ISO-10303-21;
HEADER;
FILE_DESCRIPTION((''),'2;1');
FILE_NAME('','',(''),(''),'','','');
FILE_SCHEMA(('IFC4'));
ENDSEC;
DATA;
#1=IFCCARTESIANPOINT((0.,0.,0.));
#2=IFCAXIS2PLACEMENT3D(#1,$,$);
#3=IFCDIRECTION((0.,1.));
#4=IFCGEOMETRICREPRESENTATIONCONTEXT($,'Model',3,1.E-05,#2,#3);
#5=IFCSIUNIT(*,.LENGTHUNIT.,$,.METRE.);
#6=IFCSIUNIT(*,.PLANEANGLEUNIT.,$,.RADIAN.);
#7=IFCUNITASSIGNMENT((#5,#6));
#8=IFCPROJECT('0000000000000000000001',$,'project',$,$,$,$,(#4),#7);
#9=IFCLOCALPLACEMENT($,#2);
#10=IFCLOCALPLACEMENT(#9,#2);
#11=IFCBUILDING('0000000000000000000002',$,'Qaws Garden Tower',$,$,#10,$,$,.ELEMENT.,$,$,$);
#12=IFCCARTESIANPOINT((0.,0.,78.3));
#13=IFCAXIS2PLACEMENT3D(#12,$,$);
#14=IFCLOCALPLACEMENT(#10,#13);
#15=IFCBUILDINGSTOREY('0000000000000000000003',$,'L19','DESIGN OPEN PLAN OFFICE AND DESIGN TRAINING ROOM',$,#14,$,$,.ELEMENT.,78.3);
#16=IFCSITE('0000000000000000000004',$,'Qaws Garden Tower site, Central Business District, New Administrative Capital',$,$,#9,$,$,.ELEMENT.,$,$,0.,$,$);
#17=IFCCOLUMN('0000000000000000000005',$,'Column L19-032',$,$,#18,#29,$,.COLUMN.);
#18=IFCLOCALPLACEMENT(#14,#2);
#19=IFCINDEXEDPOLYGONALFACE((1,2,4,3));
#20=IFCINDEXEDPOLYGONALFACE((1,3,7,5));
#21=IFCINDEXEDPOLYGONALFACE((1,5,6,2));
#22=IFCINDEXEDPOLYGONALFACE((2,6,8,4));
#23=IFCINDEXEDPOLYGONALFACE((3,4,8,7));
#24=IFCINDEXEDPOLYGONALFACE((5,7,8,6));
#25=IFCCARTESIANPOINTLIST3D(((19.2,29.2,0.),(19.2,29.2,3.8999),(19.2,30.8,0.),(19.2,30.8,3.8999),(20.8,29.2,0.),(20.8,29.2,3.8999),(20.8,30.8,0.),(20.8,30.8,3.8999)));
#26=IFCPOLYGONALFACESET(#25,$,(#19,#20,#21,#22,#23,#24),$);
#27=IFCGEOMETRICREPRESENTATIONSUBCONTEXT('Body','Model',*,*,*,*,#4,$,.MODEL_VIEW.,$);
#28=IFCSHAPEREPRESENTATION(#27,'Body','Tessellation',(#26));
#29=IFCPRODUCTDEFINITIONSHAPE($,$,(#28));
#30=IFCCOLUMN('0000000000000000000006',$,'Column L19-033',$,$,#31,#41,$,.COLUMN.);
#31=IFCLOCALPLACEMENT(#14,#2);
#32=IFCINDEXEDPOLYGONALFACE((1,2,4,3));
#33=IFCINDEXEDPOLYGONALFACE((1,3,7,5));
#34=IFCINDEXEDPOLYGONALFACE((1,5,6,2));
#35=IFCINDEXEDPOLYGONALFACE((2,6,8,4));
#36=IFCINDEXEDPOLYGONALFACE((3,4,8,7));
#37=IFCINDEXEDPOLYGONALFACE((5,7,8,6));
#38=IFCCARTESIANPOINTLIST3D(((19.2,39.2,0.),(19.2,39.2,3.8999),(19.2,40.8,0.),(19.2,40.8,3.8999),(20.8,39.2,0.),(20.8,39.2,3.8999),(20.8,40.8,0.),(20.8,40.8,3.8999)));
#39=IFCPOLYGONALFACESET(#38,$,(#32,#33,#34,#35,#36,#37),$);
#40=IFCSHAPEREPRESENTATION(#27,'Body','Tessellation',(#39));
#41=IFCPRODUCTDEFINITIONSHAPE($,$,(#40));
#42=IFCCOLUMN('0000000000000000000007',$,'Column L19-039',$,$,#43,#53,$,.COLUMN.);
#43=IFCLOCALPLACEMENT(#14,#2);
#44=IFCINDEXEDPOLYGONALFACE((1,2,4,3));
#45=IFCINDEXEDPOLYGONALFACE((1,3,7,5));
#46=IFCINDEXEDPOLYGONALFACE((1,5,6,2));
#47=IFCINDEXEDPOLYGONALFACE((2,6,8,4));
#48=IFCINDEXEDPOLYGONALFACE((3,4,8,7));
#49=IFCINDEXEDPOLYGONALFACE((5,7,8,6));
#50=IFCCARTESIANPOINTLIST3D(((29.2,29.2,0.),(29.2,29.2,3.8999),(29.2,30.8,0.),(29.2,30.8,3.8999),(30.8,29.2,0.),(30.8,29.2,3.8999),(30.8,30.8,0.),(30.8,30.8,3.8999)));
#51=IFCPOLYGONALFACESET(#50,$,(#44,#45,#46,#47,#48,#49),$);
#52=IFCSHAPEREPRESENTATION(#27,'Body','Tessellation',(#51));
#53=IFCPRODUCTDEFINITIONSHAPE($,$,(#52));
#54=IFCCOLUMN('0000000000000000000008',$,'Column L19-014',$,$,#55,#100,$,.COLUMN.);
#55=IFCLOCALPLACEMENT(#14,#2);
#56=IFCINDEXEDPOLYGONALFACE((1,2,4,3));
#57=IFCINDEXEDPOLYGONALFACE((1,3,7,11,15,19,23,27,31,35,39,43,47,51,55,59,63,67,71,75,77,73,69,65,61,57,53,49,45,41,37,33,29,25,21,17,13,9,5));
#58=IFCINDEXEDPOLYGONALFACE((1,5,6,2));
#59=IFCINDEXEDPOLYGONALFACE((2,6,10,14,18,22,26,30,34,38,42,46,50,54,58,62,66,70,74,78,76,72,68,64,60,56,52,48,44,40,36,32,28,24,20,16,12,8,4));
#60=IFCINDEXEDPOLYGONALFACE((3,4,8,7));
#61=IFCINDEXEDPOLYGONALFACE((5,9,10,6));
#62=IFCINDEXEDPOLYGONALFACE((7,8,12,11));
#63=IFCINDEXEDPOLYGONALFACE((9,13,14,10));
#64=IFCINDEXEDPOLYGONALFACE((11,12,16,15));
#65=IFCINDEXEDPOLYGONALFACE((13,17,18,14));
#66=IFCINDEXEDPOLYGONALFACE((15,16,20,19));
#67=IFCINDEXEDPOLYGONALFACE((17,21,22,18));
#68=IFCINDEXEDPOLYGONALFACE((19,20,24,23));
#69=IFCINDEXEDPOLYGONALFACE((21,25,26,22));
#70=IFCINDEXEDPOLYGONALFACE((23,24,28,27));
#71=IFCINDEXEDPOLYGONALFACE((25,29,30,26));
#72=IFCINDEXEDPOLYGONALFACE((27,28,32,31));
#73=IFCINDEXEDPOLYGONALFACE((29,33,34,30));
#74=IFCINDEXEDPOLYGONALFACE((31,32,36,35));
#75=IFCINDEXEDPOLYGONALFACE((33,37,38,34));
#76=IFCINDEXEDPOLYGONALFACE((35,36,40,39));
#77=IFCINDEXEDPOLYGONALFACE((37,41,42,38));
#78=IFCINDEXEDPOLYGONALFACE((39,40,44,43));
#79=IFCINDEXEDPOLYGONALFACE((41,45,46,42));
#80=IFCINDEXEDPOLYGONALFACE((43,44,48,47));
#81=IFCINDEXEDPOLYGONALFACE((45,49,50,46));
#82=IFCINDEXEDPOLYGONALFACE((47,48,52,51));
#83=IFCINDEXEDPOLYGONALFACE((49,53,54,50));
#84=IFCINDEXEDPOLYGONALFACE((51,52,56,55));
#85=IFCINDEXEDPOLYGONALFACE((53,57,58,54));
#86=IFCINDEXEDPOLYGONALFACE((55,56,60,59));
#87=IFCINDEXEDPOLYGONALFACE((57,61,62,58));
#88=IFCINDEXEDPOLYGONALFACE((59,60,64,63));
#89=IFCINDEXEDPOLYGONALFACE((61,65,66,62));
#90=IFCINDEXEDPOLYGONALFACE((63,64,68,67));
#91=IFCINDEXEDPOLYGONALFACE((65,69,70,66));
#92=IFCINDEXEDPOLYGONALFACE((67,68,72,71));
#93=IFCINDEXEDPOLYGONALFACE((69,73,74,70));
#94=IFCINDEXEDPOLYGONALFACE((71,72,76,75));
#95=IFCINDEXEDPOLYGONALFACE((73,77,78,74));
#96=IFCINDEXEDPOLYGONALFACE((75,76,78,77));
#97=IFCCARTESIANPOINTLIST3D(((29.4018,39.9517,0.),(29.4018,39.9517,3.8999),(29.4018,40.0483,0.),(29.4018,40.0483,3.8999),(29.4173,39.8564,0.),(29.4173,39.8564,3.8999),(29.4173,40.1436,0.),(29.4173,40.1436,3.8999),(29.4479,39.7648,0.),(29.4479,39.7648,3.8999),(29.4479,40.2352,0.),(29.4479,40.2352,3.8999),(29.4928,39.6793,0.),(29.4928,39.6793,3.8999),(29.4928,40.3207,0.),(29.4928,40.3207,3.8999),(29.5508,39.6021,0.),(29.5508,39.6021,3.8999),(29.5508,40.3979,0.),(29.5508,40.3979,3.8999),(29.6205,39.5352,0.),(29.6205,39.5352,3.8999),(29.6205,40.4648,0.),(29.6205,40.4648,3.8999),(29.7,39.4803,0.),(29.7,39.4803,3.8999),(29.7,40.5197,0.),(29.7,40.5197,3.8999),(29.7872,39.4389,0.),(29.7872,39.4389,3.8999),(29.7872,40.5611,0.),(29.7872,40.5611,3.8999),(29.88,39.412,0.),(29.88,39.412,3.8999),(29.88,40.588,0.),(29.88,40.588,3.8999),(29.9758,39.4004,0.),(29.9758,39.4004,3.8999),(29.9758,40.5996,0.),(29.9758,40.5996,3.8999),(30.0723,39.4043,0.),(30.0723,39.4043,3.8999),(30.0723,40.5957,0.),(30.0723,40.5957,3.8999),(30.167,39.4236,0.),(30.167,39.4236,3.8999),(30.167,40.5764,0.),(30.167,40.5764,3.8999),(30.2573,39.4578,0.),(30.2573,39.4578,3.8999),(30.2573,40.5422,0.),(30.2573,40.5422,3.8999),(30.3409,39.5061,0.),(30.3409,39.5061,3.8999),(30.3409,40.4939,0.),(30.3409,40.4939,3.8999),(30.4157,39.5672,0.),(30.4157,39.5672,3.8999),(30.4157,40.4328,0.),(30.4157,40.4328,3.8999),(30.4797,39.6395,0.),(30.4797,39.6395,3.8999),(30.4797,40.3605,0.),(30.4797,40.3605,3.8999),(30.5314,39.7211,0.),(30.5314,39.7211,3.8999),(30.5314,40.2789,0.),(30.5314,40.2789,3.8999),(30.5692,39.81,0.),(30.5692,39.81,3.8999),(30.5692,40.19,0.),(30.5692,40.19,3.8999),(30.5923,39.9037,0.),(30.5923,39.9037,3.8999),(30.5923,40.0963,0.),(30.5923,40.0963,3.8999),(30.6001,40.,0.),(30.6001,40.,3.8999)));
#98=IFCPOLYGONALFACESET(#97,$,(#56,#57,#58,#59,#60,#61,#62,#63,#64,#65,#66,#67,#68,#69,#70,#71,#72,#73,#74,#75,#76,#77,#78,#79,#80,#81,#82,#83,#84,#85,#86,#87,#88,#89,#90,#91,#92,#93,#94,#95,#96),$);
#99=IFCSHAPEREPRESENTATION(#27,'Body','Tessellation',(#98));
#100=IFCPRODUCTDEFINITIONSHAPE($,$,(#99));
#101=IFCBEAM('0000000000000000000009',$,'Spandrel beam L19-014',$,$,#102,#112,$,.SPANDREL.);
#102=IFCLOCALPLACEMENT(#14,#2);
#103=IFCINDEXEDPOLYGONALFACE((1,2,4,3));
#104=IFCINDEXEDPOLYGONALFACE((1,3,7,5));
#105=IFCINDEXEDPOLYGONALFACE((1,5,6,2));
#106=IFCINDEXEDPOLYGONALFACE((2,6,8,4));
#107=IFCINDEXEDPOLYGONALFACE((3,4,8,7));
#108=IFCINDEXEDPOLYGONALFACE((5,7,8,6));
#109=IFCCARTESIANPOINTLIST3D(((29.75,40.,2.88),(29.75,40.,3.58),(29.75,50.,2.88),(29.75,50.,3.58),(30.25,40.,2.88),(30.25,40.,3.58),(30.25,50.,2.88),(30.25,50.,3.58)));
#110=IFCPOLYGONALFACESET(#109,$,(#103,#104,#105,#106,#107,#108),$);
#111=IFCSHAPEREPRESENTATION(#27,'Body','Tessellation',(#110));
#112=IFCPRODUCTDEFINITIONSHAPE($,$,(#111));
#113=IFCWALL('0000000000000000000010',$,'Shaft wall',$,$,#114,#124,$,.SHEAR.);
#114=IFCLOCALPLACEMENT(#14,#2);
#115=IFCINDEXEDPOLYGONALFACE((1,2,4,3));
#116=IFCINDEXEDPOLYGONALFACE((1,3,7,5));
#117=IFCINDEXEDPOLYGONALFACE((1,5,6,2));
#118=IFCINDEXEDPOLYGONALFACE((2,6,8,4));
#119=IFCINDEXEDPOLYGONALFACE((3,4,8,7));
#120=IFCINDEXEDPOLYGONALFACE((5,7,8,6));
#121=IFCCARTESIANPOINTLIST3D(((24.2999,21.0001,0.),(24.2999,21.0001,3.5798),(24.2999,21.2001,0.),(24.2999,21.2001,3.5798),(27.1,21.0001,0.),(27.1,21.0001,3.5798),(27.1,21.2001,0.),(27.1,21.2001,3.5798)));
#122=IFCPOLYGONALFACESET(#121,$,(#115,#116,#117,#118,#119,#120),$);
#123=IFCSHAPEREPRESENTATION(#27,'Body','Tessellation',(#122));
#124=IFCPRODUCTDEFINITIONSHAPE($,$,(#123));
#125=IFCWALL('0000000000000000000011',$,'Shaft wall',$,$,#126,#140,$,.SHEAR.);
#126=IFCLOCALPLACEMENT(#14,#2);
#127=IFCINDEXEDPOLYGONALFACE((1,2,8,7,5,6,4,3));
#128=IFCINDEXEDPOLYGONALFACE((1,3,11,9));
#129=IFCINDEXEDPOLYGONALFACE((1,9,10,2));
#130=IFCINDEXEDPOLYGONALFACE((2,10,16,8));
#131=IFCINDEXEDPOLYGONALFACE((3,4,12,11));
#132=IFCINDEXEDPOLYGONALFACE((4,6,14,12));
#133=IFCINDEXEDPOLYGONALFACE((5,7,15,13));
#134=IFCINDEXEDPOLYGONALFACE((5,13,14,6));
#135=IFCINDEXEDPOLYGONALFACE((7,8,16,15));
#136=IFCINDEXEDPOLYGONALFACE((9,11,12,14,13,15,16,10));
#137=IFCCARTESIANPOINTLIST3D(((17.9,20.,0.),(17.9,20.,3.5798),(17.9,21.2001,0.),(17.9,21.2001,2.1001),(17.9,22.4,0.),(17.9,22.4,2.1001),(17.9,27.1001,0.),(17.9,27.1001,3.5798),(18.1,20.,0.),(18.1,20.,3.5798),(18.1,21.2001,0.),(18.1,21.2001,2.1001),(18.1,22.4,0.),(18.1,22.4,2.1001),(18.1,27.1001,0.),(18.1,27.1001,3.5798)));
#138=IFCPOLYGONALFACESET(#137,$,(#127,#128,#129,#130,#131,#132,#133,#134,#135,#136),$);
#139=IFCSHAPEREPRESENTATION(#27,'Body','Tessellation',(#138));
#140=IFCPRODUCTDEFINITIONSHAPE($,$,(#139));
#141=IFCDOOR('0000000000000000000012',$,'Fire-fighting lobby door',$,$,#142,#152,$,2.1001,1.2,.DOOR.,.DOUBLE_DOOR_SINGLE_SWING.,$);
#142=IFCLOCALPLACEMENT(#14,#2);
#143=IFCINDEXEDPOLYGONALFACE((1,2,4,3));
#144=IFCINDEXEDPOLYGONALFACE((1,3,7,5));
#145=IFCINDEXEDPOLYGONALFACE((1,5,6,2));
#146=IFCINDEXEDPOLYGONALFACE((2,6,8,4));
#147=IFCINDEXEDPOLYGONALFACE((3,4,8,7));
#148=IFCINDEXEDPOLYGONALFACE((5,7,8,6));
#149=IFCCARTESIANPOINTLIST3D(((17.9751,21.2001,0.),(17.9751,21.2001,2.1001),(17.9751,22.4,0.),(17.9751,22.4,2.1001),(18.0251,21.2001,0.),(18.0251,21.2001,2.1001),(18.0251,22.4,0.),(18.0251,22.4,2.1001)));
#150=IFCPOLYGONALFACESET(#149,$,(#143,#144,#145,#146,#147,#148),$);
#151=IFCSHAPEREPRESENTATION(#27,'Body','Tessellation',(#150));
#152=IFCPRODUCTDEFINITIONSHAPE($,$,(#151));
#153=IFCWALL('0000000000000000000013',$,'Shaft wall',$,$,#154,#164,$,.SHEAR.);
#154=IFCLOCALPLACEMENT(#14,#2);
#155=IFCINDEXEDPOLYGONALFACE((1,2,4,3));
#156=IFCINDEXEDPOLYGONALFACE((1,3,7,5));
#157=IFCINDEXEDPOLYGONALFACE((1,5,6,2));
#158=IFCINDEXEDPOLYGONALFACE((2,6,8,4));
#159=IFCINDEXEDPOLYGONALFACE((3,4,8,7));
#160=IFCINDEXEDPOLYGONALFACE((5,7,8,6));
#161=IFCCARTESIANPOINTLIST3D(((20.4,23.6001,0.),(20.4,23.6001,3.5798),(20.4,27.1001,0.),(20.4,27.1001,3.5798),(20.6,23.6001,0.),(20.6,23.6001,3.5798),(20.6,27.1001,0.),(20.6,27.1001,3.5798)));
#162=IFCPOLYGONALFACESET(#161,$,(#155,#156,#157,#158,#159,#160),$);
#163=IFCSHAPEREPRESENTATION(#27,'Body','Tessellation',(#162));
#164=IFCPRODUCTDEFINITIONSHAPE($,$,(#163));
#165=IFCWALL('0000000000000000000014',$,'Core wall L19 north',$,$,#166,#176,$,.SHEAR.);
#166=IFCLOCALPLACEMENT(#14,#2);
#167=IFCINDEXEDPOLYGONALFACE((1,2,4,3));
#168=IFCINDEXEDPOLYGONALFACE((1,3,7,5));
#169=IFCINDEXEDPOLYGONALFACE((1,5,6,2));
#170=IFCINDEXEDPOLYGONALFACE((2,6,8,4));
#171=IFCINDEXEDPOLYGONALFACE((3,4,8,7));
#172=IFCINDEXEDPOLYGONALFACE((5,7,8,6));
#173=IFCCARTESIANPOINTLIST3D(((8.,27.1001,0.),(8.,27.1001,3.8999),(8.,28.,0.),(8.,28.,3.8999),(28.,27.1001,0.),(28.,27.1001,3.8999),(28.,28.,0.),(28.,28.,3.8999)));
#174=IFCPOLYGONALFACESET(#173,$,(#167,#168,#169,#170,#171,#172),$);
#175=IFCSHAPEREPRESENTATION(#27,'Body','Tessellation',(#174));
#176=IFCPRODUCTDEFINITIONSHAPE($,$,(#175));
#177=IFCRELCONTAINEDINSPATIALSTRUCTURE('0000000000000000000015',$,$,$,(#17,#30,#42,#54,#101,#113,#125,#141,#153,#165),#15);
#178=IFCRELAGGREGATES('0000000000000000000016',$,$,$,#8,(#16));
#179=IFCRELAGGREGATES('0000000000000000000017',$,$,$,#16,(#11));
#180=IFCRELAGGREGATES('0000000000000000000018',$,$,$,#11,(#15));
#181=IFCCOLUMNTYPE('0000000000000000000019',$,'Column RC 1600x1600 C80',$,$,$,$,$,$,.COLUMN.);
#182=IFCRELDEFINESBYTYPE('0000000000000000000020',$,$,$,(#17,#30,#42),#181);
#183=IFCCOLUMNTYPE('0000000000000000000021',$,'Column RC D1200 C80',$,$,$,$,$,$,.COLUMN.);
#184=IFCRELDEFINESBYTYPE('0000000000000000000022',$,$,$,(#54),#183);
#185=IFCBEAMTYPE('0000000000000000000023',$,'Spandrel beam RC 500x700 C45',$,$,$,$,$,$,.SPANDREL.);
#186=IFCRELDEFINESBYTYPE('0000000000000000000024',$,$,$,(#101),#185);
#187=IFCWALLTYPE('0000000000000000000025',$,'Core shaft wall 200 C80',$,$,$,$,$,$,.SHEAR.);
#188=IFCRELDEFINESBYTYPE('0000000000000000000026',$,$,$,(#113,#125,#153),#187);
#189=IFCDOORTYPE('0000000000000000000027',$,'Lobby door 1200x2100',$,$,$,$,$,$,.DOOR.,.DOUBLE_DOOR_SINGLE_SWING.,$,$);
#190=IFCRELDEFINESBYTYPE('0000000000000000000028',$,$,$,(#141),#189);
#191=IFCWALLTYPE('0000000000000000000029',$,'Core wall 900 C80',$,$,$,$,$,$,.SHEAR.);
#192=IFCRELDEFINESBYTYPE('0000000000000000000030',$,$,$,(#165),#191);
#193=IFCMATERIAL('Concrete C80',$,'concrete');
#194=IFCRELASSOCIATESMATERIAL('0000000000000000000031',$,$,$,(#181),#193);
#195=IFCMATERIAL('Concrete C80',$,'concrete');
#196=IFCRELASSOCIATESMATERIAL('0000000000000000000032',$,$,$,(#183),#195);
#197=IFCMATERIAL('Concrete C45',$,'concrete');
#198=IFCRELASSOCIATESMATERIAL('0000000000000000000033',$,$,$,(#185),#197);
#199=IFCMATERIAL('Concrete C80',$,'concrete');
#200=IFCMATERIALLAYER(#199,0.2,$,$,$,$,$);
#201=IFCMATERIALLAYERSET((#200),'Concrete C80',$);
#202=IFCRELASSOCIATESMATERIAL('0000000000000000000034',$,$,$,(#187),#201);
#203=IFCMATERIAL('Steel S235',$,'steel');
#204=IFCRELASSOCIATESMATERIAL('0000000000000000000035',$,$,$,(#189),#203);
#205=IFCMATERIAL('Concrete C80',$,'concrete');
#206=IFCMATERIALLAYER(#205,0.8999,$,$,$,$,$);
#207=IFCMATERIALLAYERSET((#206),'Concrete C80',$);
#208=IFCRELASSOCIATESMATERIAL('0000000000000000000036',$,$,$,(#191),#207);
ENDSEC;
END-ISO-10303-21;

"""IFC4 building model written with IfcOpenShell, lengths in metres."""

from ifc_helpers import new_model, si_unit, direction, frame, frame_2d, origin, origin_2d, place, context, subcontext, project, spatial, rectangle, circle, extrude, material, layer, layer_set, material_profile, profile_set, type_object, element, fill, save


model = new_model("IFC4")

# Units and contexts
model_context = context("Model", 3, precision=1e-05, world=origin(), true_north=direction((0.0, 1.0)))
body_context = subcontext(model_context, "Body", "Model", "MODEL_VIEW")
ifc_project = project(units=[si_unit("LENGTHUNIT", "METRE"), si_unit("PLANEANGLEUNIT", "RADIAN")], contexts=[model_context])

# Site, building, storey
site_placement = place(None, origin())
site = spatial("IfcSite", under=ifc_project, at=site_placement, Name="Qaws Garden Tower site, Central Business District, New Administrative Capital", CompositionType="ELEMENT", RefElevation=0.0)
building_placement = place(site_placement, origin())
building = spatial("IfcBuilding", under=site, at=building_placement, Name="Qaws Garden Tower", CompositionType="ELEMENT")
storey_placement = place(building_placement, frame((0.0, 0.0, 78.3)))
storey = spatial("IfcBuildingStorey", under=building, at=storey_placement, Name="L19", Description="DESIGN OPEN PLAN OFFICE AND DESIGN TRAINING ROOM", CompositionType="ELEMENT", Elevation=78.3)

# Columns
ifc_material_1 = material(Name="Concrete C80", Category="concrete")
ifc_material_profile_1 = material_profile(ifc_material_1, rectangle(XDim=1.6001, YDim=1.6001, at=origin_2d()), Name="RC 1600x1600")
ifc_profile_set_1 = profile_set([ifc_material_profile_1], Name="Concrete C80")
column_type_1 = type_object("IfcColumnType", Name="Column RC 1600x1600 C80", PredefinedType="COLUMN", material=ifc_profile_set_1)
for number, where, z_axis, x_axis, name in (
    (1, (20.0, 30.0, 0.0), (0.0, 0.0, 1.0), (1.0, 0.0, 0.0), "Column L19-032"),
    (2, (20.0, 40.0, 0.0), (0.0, 0.0, 1.0), (1.0, 0.0, 0.0), "Column L19-033"),
    (3, (30.0, 30.0, 0.0), (0.0, 0.0, 1.0), (1.0, 0.0, 0.0), "Column L19-039"),
):
    element("IfcColumn", number, at=place(storey_placement, frame(where, z_axis=z_axis, x_axis=x_axis)), inside=storey, type_object=column_type_1, Name=name, PredefinedType="COLUMN", context=body_context, shape_type="SweptSolid", body=[
        extrude(rectangle(XDim=1.6001, YDim=1.6001, at=origin_2d()), origin(), (0.0, 0.0, 1.0), 3.8999),
    ])
ifc_material_2 = material(Name="Concrete C80", Category="concrete")
ifc_material_profile_2 = material_profile(ifc_material_2, circle(Radius=0.6001, at=origin_2d()), Name="RC D1200")
ifc_profile_set_2 = profile_set([ifc_material_profile_2], Name="Concrete C80")
column_type_2 = type_object("IfcColumnType", Name="Column RC D1200 C80", PredefinedType="COLUMN", material=ifc_profile_set_2)
column_placement = place(storey_placement, frame((30.0, 40.0, 0.0), z_axis=(0.0, 0.0, 1.0), x_axis=(1.0, 0.0, 0.0)))
element("IfcColumn", 4, at=column_placement, inside=storey, type_object=column_type_2, Name="Column L19-014", PredefinedType="COLUMN", context=body_context, shape_type="SweptSolid", body=[
    extrude(circle(Radius=0.6001, at=origin_2d()), origin(), (0.0, 0.0, 1.0), 3.8999),
])

# Beam
ifc_material_3 = material(Name="Concrete C45", Category="concrete")
ifc_material_profile_3 = material_profile(ifc_material_3, rectangle(XDim=0.5, YDim=0.7, at=origin_2d()), Name="RC 500x700")
ifc_profile_set_3 = profile_set([ifc_material_profile_3], Name="Concrete C45")
beam_type = type_object("IfcBeamType", Name="Spandrel beam RC 500x700 C45", PredefinedType="SPANDREL", material=ifc_profile_set_3)
beam_placement = place(storey_placement, frame((30.0, 40.0, 3.23), z_axis=(0.0, 1.0, 0.0), x_axis=(-1.0, 0.0, 0.0)))
element("IfcBeam", 5, at=beam_placement, inside=storey, type_object=beam_type, Name="Spandrel beam L19-014", PredefinedType="SPANDREL", context=body_context, shape_type="SweptSolid", body=[
    extrude(rectangle(XDim=0.5, YDim=0.7, at=origin_2d()), origin(), (0.0, 0.0, 1.0), 10.0),
])

# Wall
ifc_material_4 = material(Name="Concrete C80", Category="concrete")
ifc_layer_1 = layer(ifc_material_4, 0.2)
ifc_layer_set_1 = layer_set([ifc_layer_1], Name="Concrete C80")
wall_type_1 = type_object("IfcWallType", Name="Core shaft wall 200 C80", PredefinedType="SHEAR", material=ifc_layer_set_1)
wall_1_placement = place(storey_placement, frame((24.3, 21.1001, 0.0), z_axis=(0.0, 0.0, 1.0), x_axis=(1.0, 0.0, 0.0)))
element("IfcWall", 6, at=wall_1_placement, inside=storey, type_object=wall_type_1, Name="Shaft wall", PredefinedType="SHEAR", context=body_context, shape_type="SweptSolid", body=[
    extrude(rectangle(XDim=2.8, YDim=0.2, at=frame_2d((1.3999, 0.0))), origin(), (0.0, 0.0, 1.0), 3.5798),
])

# Wall, opening, door
wall_2_placement = place(storey_placement, frame((18.0, 20.0, 0.0), z_axis=(0.0, 0.0, 1.0), x_axis=(0.0, 1.0, 0.0)))
wall_2 = element("IfcWall", 7, at=wall_2_placement, inside=storey, type_object=wall_type_1, Name="Shaft wall", PredefinedType="SHEAR", context=body_context, shape_type="SweptSolid", body=[
    extrude(rectangle(XDim=7.1001, YDim=0.2, at=frame_2d((3.55, 0.0))), origin(), (0.0, 0.0, 1.0), 3.5798),
])
opening_1_placement = place(wall_2_placement, frame((1.2, 0.0, 0.0)))
opening_1 = element("IfcOpeningElement", 8, at=opening_1_placement, cuts=wall_2, PredefinedType="OPENING", context=body_context, shape_type="SweptSolid", body=[
    extrude(rectangle(XDim=1.2, YDim=2.1001, at=frame_2d((0.6001, 1.05))), frame((0.0, 0.1099, 0.0), z_axis=(0.0, -1.0, 0.0), x_axis=(1.0, 0.0, 0.0)), (0.0, 0.0, 1.0), 0.22),
])
ifc_material_5 = material(Name="Steel S235", Category="steel")
door_type_1 = type_object("IfcDoorType", Name="Lobby door 1200x2100", OperationType="DOUBLE_DOOR_SINGLE_SWING", PredefinedType="DOOR", material=ifc_material_5)
door_1_placement = place(opening_1_placement, origin())
door_1 = element("IfcDoor", 9, at=door_1_placement, inside=storey, type_object=door_type_1, Name="Fire-fighting lobby door", OperationType="DOUBLE_DOOR_SINGLE_SWING", OverallHeight=2.1001, OverallWidth=1.2, PredefinedType="DOOR", context=body_context, shape_type="SweptSolid", body=[
    extrude(rectangle(XDim=1.2, YDim=2.1001, at=frame_2d((0.6001, 1.05))), frame((0.0, 0.0249, 0.0), z_axis=(0.0, -1.0, 0.0), x_axis=(1.0, 0.0, 0.0)), (0.0, 0.0, 1.0), 0.05),
])
fill(opening_1, door_1)

# Walls
wall_3_placement = place(storey_placement, frame((20.5, 23.6001, 0.0), z_axis=(0.0, 0.0, 1.0), x_axis=(0.0, 1.0, 0.0)))
element("IfcWall", 10, at=wall_3_placement, inside=storey, type_object=wall_type_1, Name="Shaft wall", PredefinedType="SHEAR", context=body_context, shape_type="SweptSolid", body=[
    extrude(rectangle(XDim=3.5, YDim=0.2, at=frame_2d((1.75, 0.0))), origin(), (0.0, 0.0, 1.0), 3.5798),
])
ifc_material_6 = material(Name="Concrete C80", Category="concrete")
ifc_layer_2 = layer(ifc_material_6, 0.8999)
ifc_layer_set_2 = layer_set([ifc_layer_2], Name="Concrete C80")
wall_type_2 = type_object("IfcWallType", Name="Core wall 900 C80", PredefinedType="SHEAR", material=ifc_layer_set_2)
wall_4_placement = place(storey_placement, frame((28.0, 27.55, 0.0), z_axis=(0.0, 0.0, 1.0), x_axis=(-1.0, 0.0, 0.0)))
element("IfcWall", 11, at=wall_4_placement, inside=storey, type_object=wall_type_2, Name="Core wall L19 north", PredefinedType="SHEAR", context=body_context, shape_type="SweptSolid", body=[
    extrude(rectangle(XDim=20.0, YDim=0.8999, at=frame_2d((10.0, 0.0))), origin(), (0.0, 0.0, 1.0), 3.8999),
])

save(model, "model.ifc")
